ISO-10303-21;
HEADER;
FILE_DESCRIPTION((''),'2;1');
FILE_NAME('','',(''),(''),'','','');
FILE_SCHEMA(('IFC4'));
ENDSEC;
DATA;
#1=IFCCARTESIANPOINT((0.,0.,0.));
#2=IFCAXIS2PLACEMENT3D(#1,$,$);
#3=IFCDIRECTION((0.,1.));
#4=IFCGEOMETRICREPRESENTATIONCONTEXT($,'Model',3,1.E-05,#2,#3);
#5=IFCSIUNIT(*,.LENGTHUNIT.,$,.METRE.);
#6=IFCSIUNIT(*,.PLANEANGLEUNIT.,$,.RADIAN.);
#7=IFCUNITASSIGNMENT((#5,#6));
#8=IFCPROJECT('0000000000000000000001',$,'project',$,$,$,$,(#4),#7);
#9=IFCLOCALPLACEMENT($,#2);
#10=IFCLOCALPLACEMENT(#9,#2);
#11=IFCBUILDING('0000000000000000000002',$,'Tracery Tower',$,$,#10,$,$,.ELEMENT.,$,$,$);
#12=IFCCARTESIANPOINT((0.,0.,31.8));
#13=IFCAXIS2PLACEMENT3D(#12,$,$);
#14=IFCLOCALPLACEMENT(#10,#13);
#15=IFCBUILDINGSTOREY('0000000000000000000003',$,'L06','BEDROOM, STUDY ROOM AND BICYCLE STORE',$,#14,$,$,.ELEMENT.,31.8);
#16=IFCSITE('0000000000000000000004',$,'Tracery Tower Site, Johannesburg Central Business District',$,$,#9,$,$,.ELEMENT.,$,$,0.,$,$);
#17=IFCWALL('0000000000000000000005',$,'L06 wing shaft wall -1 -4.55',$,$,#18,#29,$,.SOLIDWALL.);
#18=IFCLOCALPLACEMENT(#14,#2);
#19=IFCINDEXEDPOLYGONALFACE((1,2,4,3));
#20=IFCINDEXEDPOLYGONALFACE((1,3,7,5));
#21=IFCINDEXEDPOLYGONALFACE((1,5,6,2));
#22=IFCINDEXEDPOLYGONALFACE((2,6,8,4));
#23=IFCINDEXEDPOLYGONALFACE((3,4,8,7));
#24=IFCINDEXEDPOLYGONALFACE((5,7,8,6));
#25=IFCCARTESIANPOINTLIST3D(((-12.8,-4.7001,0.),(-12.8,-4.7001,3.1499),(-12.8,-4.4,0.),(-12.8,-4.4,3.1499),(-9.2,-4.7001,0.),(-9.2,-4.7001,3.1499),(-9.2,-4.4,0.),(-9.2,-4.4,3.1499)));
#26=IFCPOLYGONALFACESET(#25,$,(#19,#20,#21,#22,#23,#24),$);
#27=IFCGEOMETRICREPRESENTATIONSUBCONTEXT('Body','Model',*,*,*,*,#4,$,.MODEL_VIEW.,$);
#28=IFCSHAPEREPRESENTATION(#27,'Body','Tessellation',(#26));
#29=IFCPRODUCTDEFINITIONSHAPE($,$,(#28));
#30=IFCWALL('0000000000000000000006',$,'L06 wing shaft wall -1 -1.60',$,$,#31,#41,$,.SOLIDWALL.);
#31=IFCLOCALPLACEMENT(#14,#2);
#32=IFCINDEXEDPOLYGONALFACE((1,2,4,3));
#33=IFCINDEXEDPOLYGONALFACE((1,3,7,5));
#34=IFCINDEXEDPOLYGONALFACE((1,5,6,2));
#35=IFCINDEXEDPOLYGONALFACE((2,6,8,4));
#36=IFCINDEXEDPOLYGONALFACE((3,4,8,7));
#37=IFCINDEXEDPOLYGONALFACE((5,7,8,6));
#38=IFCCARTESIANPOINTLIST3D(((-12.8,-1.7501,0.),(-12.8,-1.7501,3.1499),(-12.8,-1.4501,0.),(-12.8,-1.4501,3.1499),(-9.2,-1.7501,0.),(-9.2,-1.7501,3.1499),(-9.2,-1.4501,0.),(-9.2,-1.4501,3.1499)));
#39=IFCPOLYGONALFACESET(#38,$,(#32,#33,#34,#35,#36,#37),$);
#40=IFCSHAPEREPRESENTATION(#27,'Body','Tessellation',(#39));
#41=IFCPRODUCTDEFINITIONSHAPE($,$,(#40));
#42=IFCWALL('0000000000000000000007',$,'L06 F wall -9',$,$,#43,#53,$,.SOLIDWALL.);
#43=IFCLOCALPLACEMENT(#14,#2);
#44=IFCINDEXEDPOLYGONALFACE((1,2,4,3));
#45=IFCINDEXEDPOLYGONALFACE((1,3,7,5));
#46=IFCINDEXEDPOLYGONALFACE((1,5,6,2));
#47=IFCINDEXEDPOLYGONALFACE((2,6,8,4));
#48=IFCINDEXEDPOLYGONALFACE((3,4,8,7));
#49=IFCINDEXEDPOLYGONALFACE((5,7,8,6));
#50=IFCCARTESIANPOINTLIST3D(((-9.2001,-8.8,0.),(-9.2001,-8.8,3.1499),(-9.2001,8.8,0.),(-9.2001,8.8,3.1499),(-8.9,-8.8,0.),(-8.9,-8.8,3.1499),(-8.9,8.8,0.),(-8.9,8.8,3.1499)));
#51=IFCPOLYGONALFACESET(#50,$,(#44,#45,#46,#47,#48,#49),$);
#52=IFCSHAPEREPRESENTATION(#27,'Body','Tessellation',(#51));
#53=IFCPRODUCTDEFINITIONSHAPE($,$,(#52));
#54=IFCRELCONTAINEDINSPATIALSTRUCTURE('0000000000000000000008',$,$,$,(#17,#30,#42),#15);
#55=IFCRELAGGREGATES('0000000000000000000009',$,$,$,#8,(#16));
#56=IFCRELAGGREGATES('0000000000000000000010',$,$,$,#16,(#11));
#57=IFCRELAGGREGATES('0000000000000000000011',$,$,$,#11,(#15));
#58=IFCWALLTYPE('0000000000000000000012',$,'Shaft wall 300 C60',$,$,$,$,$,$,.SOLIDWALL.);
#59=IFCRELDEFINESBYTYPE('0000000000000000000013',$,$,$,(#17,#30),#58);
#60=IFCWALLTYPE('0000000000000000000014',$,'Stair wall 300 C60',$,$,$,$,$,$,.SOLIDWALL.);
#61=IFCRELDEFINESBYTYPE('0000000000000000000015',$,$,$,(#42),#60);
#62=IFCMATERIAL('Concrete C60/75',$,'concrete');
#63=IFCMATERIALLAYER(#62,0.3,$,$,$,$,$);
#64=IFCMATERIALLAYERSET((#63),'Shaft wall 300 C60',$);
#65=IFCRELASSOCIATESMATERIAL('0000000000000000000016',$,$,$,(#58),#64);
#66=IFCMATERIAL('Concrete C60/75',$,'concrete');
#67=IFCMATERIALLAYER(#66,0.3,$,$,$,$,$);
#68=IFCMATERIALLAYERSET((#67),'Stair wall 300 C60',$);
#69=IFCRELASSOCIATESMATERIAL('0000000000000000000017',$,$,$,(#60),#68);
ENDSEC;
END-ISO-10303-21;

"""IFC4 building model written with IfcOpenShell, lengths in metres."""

from ifc_helpers import new_model, si_unit, direction, frame, frame_2d, origin, place, context, subcontext, project, spatial, rectangle, extrude, material, layer, layer_set, type_object, element, save


model = new_model("IFC4")

# Units and contexts
model_context = context("Model", 3, precision=1e-05, world=origin(), true_north=direction((0.0, 1.0)))
body_context = subcontext(model_context, "Body", "Model", "MODEL_VIEW")
ifc_project = project(units=[si_unit("LENGTHUNIT", "METRE"), si_unit("PLANEANGLEUNIT", "RADIAN")], contexts=[model_context])

# Site, building, storey
site_placement = place(None, origin())
site = spatial("IfcSite", under=ifc_project, at=site_placement, Name="Tracery Tower Site, Johannesburg Central Business District", CompositionType="ELEMENT", RefElevation=0.0)
building_placement = place(site_placement, origin())
building = spatial("IfcBuilding", under=site, at=building_placement, Name="Tracery Tower", CompositionType="ELEMENT")
storey_placement = place(building_placement, frame((0.0, 0.0, 31.8)))
storey = spatial("IfcBuildingStorey", under=building, at=storey_placement, Name="L06", Description="BEDROOM, STUDY ROOM AND BICYCLE STORE", CompositionType="ELEMENT", Elevation=31.8)

# Walls
ifc_material_1 = material(Name="Concrete C60/75", Category="concrete")
ifc_layer_1 = layer(ifc_material_1, 0.3)
ifc_layer_set_1 = layer_set([ifc_layer_1], Name="Shaft wall 300 C60")
wall_type_1 = type_object("IfcWallType", Name="Shaft wall 300 C60", PredefinedType="SOLIDWALL", material=ifc_layer_set_1)
for number, where, z_axis, x_axis, name in (
    (1, (-12.8, -4.55, 0.0), (0.0, 0.0, 1.0), (1.0, 0.0, 0.0), "L06 wing shaft wall -1 -4.55"),
    (2, (-12.8, -1.6001, 0.0), (0.0, 0.0, 1.0), (1.0, 0.0, 0.0), "L06 wing shaft wall -1 -1.60"),
):
    element("IfcWall", number, at=place(storey_placement, frame(where, z_axis=z_axis, x_axis=x_axis)), inside=storey, type_object=wall_type_1, Name=name, PredefinedType="SOLIDWALL", context=body_context, shape_type="SweptSolid", body=[
        extrude(rectangle(XDim=3.6001, YDim=0.3, at=frame_2d((1.8, 0.0))), origin(), (0.0, 0.0, 1.0), 3.1499),
    ])
ifc_material_2 = material(Name="Concrete C60/75", Category="concrete")
ifc_layer_2 = layer(ifc_material_2, 0.3)
ifc_layer_set_2 = layer_set([ifc_layer_2], Name="Stair wall 300 C60")
wall_type_2 = type_object("IfcWallType", Name="Stair wall 300 C60", PredefinedType="SOLIDWALL", material=ifc_layer_set_2)
wall_1_placement = place(storey_placement, frame((-9.05, -8.8, 0.0), z_axis=(0.0, 0.0, 1.0), x_axis=(0.0, 1.0, 0.0)))
element("IfcWall", 3, at=wall_1_placement, inside=storey, type_object=wall_type_2, Name="L06 F wall -9", PredefinedType="SOLIDWALL", context=body_context, shape_type="SweptSolid", body=[
    extrude(rectangle(XDim=17.6001, YDim=0.3, at=frame_2d((8.8, 0.0))), origin(), (0.0, 0.0, 1.0), 3.1499),
])

save(model, "model.ifc")
